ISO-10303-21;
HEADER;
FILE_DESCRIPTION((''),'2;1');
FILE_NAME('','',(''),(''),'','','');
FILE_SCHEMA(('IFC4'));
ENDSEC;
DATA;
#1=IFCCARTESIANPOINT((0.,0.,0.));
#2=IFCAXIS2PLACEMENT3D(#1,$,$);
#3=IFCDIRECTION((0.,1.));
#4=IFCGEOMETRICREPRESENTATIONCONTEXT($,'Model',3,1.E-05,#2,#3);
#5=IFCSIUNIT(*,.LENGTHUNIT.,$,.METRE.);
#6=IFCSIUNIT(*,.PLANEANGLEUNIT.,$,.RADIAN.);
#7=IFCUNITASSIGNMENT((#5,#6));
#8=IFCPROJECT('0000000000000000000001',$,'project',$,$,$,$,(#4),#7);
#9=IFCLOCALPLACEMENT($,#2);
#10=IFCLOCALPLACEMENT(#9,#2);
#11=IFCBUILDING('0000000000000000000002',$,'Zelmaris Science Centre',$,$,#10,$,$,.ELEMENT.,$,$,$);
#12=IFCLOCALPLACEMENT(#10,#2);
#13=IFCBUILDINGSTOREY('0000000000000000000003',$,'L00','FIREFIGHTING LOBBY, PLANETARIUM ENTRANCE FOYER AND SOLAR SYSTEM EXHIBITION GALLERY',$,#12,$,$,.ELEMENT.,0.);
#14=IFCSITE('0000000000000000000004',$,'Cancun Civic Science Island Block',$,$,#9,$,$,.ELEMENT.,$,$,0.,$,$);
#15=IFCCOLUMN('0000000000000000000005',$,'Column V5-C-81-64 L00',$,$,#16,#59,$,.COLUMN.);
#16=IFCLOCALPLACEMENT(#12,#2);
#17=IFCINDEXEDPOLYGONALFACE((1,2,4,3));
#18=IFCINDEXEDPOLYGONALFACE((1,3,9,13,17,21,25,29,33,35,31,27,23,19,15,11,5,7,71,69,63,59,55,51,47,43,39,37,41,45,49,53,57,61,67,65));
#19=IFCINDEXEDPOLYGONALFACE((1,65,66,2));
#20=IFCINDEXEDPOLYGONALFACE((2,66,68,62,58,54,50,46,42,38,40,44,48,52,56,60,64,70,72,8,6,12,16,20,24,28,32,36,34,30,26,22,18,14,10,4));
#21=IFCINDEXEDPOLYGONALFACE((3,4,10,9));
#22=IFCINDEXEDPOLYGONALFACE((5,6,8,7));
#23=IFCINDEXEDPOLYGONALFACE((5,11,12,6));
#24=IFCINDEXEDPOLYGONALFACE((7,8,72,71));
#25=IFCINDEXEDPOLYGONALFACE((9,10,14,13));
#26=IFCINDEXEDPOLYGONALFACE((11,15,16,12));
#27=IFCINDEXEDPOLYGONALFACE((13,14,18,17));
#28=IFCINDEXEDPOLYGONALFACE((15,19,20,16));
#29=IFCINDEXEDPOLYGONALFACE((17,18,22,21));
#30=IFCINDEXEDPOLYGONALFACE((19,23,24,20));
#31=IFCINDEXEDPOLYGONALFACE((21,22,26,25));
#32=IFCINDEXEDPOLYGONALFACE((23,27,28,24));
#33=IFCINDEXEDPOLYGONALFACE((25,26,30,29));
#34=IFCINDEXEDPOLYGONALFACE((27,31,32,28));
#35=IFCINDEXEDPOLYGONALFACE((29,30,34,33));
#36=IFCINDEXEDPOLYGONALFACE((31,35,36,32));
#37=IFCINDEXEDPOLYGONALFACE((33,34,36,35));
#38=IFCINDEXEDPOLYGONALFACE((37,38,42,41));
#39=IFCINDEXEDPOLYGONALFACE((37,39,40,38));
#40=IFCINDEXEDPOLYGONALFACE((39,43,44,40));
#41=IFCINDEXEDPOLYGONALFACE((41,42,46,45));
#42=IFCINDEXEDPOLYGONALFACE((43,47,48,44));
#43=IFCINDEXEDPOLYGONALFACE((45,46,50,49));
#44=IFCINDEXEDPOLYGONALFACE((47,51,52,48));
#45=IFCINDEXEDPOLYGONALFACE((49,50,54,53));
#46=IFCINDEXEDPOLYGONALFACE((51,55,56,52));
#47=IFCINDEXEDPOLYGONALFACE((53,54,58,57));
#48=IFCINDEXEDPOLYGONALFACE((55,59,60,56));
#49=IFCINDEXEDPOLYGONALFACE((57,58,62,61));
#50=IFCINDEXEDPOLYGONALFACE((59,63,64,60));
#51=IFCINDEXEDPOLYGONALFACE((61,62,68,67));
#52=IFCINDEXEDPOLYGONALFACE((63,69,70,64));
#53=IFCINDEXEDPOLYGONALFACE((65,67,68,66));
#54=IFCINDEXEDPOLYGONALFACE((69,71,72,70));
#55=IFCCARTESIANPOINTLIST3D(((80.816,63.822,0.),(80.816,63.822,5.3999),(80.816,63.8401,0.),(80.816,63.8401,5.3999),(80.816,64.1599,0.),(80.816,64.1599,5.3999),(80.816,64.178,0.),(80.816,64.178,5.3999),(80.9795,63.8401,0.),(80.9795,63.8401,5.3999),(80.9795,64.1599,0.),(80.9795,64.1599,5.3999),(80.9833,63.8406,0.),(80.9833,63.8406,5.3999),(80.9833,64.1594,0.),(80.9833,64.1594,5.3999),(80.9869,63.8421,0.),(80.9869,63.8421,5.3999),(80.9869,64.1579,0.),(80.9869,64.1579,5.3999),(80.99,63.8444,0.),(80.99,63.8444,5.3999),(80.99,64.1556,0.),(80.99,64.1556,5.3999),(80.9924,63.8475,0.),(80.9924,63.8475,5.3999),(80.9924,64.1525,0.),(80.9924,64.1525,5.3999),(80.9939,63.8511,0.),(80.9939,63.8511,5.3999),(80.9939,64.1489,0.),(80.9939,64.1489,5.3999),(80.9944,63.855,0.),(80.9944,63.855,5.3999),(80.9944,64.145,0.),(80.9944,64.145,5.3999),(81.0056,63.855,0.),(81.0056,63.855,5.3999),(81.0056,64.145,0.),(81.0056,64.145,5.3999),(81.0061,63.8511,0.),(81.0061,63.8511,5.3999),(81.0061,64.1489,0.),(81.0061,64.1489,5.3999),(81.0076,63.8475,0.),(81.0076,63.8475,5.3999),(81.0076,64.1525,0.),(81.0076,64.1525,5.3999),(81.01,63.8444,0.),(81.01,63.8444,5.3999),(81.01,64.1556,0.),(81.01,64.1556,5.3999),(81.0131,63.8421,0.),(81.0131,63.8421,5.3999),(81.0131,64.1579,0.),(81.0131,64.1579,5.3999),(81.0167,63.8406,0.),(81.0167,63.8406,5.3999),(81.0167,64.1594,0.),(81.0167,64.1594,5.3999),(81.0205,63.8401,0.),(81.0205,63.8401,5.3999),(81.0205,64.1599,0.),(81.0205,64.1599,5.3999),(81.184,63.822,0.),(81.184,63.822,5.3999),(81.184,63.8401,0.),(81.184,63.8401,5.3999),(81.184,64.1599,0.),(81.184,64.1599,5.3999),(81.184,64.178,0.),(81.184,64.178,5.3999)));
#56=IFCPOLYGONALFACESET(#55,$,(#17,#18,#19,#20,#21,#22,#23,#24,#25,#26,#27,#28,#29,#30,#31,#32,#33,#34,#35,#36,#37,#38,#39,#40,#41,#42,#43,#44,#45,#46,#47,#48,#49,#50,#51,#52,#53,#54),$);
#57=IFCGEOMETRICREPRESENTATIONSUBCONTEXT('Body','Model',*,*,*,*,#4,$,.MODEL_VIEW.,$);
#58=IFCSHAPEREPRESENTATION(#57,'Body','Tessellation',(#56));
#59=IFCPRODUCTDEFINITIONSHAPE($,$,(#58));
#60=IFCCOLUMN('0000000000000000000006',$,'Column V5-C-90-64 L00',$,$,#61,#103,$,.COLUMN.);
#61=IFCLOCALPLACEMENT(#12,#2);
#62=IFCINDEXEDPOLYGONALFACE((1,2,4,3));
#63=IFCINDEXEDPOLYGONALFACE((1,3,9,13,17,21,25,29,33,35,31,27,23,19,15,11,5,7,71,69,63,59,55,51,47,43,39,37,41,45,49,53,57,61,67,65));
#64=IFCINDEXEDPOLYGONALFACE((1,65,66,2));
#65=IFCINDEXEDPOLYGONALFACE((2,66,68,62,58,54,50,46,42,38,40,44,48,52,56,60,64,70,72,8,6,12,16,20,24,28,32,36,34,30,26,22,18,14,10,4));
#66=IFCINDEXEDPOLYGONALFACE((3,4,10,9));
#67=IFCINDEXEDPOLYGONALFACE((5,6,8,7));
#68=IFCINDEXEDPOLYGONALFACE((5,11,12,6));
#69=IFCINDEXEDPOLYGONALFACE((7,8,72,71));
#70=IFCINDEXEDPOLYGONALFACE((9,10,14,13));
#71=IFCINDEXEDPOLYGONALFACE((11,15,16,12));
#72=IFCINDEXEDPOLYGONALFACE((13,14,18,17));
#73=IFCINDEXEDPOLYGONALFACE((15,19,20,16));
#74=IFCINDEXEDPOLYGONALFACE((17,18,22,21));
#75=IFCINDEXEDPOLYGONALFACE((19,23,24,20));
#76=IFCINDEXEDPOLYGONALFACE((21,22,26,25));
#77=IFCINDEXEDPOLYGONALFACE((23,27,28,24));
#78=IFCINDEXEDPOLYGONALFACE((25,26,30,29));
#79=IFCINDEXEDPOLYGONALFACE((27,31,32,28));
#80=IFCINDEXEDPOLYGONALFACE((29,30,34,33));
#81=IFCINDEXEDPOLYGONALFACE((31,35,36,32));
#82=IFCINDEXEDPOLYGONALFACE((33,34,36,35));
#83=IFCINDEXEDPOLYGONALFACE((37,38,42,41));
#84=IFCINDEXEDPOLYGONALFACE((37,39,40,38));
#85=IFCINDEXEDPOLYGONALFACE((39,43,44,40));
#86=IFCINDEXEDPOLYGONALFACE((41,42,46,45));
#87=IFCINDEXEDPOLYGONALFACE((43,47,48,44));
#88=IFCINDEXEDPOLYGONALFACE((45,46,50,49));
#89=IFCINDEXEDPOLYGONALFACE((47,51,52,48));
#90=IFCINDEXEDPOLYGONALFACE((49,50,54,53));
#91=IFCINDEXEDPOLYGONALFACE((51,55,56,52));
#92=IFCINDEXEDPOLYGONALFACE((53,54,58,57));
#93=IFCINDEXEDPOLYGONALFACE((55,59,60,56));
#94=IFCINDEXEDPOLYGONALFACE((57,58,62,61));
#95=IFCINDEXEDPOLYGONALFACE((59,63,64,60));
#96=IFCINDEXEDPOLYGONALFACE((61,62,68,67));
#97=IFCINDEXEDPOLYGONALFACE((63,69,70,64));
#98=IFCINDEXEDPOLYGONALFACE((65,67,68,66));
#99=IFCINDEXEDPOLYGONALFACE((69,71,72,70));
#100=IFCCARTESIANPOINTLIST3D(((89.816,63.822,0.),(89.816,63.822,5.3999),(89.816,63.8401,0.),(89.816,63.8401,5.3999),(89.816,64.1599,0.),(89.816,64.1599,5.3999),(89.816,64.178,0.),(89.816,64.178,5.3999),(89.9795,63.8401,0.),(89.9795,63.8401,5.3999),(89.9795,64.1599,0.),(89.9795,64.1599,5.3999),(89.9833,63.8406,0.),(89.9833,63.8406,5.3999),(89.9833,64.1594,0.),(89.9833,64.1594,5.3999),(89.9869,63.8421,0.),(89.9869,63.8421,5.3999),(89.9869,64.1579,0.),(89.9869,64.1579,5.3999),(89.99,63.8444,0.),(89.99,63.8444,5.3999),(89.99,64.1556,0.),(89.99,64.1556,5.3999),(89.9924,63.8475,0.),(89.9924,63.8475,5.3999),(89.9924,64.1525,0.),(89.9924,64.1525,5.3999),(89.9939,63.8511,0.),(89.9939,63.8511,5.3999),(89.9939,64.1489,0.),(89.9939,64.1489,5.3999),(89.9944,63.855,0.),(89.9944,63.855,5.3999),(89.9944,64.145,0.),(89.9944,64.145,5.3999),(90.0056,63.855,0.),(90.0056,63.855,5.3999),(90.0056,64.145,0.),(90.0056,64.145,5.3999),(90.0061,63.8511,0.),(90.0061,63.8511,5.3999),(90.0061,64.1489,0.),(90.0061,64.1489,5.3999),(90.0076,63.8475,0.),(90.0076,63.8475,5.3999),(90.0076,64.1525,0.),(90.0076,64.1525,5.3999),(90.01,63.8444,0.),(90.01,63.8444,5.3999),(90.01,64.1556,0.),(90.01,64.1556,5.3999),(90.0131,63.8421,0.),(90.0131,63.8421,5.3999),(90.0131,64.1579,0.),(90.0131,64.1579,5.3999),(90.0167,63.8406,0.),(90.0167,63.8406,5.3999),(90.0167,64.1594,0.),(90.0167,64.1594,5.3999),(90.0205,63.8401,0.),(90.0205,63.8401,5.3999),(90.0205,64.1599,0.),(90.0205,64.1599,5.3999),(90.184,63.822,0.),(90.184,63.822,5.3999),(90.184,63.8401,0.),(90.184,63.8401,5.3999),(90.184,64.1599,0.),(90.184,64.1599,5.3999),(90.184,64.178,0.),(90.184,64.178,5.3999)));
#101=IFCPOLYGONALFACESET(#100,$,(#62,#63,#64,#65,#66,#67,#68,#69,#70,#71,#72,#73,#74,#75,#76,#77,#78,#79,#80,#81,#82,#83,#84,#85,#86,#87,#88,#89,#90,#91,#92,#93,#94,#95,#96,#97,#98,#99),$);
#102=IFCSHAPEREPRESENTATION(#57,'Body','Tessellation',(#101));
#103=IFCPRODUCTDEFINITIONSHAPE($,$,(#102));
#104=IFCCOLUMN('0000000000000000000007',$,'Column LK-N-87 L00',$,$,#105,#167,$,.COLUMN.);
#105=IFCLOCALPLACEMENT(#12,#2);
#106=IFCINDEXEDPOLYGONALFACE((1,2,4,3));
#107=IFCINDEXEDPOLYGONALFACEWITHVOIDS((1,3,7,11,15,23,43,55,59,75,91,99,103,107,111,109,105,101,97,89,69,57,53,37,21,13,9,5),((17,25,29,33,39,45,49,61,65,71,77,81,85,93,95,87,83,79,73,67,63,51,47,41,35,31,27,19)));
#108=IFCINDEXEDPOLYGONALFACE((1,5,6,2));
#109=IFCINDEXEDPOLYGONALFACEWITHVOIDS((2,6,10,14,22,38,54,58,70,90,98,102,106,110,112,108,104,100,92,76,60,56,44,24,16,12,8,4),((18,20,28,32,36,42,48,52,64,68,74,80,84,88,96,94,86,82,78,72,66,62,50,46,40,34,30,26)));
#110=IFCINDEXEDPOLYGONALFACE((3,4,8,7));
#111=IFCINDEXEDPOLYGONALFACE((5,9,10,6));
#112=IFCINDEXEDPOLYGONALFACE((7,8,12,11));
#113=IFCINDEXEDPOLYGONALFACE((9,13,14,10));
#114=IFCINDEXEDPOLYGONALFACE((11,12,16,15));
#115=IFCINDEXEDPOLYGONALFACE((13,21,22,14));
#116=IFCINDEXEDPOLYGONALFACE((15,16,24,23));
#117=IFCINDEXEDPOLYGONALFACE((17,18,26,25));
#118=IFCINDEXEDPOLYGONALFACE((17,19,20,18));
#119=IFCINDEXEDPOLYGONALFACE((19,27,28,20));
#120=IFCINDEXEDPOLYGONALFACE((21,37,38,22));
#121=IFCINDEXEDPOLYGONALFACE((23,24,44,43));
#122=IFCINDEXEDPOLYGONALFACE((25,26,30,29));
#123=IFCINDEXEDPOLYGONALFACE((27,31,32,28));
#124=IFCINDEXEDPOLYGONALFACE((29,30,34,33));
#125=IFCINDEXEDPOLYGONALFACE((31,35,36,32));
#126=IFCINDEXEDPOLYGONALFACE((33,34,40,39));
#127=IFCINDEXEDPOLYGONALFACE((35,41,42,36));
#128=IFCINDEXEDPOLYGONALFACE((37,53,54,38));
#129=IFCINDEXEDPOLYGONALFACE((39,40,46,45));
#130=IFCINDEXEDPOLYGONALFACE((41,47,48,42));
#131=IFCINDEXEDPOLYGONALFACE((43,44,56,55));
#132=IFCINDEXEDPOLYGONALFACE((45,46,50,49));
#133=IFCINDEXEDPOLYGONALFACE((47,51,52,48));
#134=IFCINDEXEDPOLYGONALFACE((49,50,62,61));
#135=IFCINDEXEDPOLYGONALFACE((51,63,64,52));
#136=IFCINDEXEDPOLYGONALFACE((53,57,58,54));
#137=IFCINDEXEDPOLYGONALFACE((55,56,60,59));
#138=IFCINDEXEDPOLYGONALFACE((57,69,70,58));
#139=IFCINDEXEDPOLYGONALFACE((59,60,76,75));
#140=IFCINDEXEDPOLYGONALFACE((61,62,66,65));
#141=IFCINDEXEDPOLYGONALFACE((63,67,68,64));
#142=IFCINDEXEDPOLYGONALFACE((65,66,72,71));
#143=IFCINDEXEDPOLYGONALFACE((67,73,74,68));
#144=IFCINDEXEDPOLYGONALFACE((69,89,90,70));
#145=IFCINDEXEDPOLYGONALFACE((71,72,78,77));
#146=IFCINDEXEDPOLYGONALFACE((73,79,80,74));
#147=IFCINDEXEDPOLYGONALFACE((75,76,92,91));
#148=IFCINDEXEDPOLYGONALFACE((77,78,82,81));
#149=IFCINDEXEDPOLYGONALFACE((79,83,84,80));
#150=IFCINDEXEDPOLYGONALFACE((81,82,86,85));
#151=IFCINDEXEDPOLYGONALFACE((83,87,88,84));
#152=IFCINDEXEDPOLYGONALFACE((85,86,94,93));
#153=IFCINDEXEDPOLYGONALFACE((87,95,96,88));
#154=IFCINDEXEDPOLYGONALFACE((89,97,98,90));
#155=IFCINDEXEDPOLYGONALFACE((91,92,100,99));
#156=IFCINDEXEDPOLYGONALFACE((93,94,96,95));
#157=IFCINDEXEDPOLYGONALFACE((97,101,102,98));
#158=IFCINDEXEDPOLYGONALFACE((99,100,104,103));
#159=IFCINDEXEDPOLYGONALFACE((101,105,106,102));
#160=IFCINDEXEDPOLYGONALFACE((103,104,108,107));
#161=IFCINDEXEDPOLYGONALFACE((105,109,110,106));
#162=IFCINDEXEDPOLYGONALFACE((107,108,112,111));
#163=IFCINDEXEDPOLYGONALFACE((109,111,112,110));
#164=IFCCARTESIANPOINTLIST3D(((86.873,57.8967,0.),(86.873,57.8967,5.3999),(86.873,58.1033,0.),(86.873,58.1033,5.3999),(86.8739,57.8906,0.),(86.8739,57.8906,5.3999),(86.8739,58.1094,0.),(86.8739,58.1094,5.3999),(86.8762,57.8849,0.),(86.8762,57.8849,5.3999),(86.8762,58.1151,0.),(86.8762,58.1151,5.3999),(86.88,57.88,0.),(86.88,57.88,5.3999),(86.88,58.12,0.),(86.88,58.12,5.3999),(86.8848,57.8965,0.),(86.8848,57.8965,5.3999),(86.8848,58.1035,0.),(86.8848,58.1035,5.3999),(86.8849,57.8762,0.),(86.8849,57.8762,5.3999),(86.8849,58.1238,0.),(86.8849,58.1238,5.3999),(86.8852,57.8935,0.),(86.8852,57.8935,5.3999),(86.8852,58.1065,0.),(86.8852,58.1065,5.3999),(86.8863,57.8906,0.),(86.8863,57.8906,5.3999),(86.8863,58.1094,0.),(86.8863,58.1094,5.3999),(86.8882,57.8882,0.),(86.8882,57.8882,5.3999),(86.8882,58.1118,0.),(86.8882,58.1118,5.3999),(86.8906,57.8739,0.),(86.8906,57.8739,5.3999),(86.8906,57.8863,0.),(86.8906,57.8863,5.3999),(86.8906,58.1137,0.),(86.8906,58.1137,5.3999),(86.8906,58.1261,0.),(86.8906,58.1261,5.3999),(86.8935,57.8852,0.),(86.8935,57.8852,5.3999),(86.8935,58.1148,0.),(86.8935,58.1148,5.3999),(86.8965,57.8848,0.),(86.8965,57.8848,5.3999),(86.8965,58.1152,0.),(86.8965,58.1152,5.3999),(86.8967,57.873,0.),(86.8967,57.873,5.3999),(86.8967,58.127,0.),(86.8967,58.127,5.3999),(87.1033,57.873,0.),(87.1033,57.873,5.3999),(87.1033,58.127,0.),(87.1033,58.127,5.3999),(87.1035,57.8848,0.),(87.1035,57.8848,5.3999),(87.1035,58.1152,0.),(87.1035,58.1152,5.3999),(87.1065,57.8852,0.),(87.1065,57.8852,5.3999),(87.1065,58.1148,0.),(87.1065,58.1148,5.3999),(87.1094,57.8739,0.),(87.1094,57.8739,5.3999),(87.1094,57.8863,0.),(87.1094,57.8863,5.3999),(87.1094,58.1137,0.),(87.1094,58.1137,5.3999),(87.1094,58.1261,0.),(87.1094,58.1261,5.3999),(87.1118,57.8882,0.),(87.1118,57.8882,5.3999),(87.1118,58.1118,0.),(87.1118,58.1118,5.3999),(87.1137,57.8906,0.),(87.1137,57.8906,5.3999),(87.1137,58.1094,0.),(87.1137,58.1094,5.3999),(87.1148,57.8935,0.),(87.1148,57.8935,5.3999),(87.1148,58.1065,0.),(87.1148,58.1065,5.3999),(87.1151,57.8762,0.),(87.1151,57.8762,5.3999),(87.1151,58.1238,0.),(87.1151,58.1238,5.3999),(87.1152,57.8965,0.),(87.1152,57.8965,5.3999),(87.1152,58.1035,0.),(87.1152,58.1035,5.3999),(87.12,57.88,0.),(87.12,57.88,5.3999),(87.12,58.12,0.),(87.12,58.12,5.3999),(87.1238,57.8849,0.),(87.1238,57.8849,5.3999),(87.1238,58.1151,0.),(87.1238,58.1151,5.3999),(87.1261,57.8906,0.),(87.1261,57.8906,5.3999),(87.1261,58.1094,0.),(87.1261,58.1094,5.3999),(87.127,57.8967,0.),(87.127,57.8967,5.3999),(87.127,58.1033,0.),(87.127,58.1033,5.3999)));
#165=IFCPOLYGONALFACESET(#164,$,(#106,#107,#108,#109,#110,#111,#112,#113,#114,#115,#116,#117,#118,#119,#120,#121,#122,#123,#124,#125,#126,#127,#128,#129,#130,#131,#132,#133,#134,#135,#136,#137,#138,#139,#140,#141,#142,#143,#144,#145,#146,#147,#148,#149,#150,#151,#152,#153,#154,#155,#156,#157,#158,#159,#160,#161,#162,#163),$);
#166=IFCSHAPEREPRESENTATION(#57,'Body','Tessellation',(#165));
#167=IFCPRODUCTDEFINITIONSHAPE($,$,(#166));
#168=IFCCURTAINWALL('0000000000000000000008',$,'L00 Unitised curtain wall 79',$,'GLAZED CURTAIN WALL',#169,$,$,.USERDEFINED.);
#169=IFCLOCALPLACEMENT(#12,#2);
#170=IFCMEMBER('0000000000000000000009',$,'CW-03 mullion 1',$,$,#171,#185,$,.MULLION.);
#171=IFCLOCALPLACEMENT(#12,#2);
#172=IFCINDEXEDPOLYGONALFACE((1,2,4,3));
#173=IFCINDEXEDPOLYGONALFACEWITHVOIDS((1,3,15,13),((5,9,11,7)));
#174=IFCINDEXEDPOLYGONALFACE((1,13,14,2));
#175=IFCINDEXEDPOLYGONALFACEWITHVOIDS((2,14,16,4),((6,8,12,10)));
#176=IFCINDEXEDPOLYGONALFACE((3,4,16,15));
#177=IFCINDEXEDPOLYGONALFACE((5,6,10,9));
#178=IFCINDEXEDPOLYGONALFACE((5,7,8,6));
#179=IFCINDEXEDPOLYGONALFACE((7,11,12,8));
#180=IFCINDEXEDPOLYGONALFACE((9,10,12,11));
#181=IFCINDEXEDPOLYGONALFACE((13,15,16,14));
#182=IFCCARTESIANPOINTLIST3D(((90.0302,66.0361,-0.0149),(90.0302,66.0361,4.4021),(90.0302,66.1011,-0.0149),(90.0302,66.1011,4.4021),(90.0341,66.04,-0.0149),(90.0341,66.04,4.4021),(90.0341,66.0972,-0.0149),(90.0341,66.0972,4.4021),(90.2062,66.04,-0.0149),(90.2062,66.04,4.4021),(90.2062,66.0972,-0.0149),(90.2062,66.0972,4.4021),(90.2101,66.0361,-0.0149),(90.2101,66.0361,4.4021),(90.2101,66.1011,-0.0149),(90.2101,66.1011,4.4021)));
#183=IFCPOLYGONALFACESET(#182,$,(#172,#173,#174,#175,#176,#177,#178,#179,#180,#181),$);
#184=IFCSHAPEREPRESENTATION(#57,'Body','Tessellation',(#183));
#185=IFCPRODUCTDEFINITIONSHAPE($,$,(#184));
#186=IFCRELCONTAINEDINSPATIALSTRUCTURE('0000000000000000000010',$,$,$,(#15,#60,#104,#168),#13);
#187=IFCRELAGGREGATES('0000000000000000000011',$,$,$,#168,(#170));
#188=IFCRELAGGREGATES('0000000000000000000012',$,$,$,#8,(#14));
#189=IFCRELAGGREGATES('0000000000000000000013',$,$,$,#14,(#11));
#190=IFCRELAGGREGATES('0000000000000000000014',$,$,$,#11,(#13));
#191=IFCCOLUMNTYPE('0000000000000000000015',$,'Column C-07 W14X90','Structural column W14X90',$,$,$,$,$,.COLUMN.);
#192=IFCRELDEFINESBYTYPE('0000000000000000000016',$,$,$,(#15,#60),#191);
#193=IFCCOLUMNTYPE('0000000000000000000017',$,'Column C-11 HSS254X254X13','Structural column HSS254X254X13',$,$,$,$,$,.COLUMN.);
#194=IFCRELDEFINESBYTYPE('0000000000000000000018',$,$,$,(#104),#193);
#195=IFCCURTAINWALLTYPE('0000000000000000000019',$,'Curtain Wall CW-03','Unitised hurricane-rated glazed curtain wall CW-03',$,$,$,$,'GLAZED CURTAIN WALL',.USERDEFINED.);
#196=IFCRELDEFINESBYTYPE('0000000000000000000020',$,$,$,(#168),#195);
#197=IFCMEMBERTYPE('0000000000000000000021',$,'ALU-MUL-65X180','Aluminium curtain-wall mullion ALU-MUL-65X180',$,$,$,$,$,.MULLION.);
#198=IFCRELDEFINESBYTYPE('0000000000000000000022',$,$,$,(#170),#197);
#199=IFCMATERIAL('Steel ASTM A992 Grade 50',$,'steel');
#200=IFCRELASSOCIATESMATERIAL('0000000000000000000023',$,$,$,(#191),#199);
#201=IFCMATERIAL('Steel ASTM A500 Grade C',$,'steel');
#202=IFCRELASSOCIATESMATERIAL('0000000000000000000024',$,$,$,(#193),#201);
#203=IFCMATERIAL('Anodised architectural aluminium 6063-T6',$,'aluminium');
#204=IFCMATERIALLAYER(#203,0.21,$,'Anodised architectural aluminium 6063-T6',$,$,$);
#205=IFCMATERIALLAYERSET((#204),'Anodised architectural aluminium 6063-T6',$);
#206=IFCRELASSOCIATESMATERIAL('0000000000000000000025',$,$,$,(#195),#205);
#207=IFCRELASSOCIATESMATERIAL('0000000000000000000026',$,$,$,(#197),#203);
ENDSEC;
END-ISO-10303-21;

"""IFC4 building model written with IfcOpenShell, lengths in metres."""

from ifc_helpers import new_model, si_unit, direction, frame, origin, origin_2d, place, context, subcontext, project, spatial, hollow_rectangle, i_section, extrude, material, layer, layer_set, material_profile, profile_set, type_object, element, aggregate, save


model = new_model("IFC4")

# Units and contexts
model_context = context("Model", 3, precision=1e-05, world=origin(), true_north=direction((0.0, 1.0)))
body_context = subcontext(model_context, "Body", "Model", "MODEL_VIEW")
ifc_project = project(units=[si_unit("LENGTHUNIT", "METRE"), si_unit("PLANEANGLEUNIT", "RADIAN")], contexts=[model_context])

# Site, building, storey
site_placement = place(None, origin())
site = spatial("IfcSite", under=ifc_project, at=site_placement, Name="Cancun Civic Science Island Block", CompositionType="ELEMENT", RefElevation=0.0)
building_placement = place(site_placement, origin())
building = spatial("IfcBuilding", under=site, at=building_placement, Name="Zelmaris Science Centre", CompositionType="ELEMENT")
storey_placement = place(building_placement, origin())
storey = spatial("IfcBuildingStorey", under=building, at=storey_placement, Name="L00", Description="FIREFIGHTING LOBBY, PLANETARIUM ENTRANCE FOYER AND SOLAR SYSTEM EXHIBITION GALLERY", CompositionType="ELEMENT", Elevation=0.0)

# Columns
ifc_material_1 = material(Name="Steel ASTM A992 Grade 50", Category="steel")
ifc_material_profile_1 = material_profile(ifc_material_1, i_section(OverallWidth=0.3679, OverallDepth=0.356, WebThickness=0.0112, FlangeThickness=0.0181, FilletRadius=0.0149, at=origin_2d()), Name="W14X90")
ifc_profile_set_1 = profile_set([ifc_material_profile_1], Name="Steel ASTM A992 Grade 50")
column_type_1 = type_object("IfcColumnType", Name="Column C-07 W14X90", Description="Structural column W14X90", PredefinedType="COLUMN", material=ifc_profile_set_1)
for number, where, z_axis, x_axis, name in (
    (1, (81.0, 64.0, 0.0), (0.0, 0.0, 1.0), (1.0, 0.0, 0.0), "Column V5-C-81-64 L00"),
    (2, (90.0, 64.0, 0.0), (0.0, 0.0, 1.0), (1.0, 0.0, 0.0), "Column V5-C-90-64 L00"),
):
    element("IfcColumn", number, at=place(storey_placement, frame(where, z_axis=z_axis, x_axis=x_axis)), inside=storey, type_object=column_type_1, Name=name, PredefinedType="COLUMN", context=body_context, shape_type="SweptSolid", body=[
        extrude(i_section(OverallWidth=0.3679, OverallDepth=0.356, WebThickness=0.0112, FlangeThickness=0.0181, FilletRadius=0.0149, at=origin_2d()), origin(), (0.0, 0.0, 1.0), 5.3999),
    ])
ifc_material_2 = material(Name="Steel ASTM A500 Grade C", Category="steel")
ifc_material_profile_2 = material_profile(ifc_material_2, hollow_rectangle(XDim=0.2539, YDim=0.2539, WallThickness=0.0117, InnerFilletRadius=0.0117, OuterFilletRadius=0.0237, at=origin_2d()), Name="HSS254X254X13")
ifc_profile_set_2 = profile_set([ifc_material_profile_2], Name="Steel ASTM A500 Grade C")
column_type_2 = type_object("IfcColumnType", Name="Column C-11 HSS254X254X13", Description="Structural column HSS254X254X13", PredefinedType="COLUMN", material=ifc_profile_set_2)
column_placement = place(storey_placement, frame((87.0, 58.0, 0.0), z_axis=(0.0, 0.0, 1.0), x_axis=(1.0, 0.0, 0.0)))
element("IfcColumn", 3, at=column_placement, inside=storey, type_object=column_type_2, Name="Column LK-N-87 L00", PredefinedType="COLUMN", context=body_context, shape_type="SweptSolid", body=[
    extrude(hollow_rectangle(XDim=0.2539, YDim=0.2539, WallThickness=0.0117, InnerFilletRadius=0.0117, OuterFilletRadius=0.0237, at=origin_2d()), origin(), (0.0, 0.0, 1.0), 5.3999),
])

# Curtain wall, member
ifc_material_3 = material(Name="Anodised architectural aluminium 6063-T6", Category="aluminium")
ifc_layer_1 = layer(ifc_material_3, 0.21, Name="Anodised architectural aluminium 6063-T6")
ifc_layer_set_1 = layer_set([ifc_layer_1], Name="Anodised architectural aluminium 6063-T6")
curtain_wall_type = type_object("IfcCurtainWallType", Name="Curtain Wall CW-03", Description="Unitised hurricane-rated glazed curtain wall CW-03", ElementType="GLAZED CURTAIN WALL", PredefinedType="USERDEFINED", material=ifc_layer_set_1)
curtain_wall_placement = place(storey_placement, origin())
curtain_wall = element("IfcCurtainWall", 4, at=curtain_wall_placement, inside=storey, type_object=curtain_wall_type, Name="L00 Unitised curtain wall 79", ObjectType="GLAZED CURTAIN WALL", PredefinedType="USERDEFINED")
ifc_material_profile_3 = material_profile(ifc_material_3, hollow_rectangle(XDim=0.0649, YDim=0.1799, WallThickness=0.0039, at=origin_2d()), Name="ALU-MUL-65X180")
ifc_profile_set_3 = profile_set([ifc_material_profile_3], Name="Anodised architectural aluminium 6063-T6")
member_type_1 = type_object("IfcMemberType", Name="ALU-MUL-65X180", Description="Aluminium curtain-wall mullion ALU-MUL-65X180", PredefinedType="MULLION", material=ifc_profile_set_3)
member_1_placement = place(storey_placement, frame((90.1201, 66.0686, -0.0149), z_axis=(0.0, 0.0, 1.0), x_axis=(0.0, 1.0, 0.0)))
member_1 = element("IfcMember", 5, at=member_1_placement, type_object=member_type_1, Name="CW-03 mullion 1", PredefinedType="MULLION", context=body_context, shape_type="SweptSolid", body=[
    extrude(hollow_rectangle(XDim=0.0649, YDim=0.1799, WallThickness=0.0039, at=origin_2d()), origin(), (0.0, 0.0, 1.0), 4.417),
])

aggregate(curtain_wall, [member_1])

save(model, "model.ifc")
